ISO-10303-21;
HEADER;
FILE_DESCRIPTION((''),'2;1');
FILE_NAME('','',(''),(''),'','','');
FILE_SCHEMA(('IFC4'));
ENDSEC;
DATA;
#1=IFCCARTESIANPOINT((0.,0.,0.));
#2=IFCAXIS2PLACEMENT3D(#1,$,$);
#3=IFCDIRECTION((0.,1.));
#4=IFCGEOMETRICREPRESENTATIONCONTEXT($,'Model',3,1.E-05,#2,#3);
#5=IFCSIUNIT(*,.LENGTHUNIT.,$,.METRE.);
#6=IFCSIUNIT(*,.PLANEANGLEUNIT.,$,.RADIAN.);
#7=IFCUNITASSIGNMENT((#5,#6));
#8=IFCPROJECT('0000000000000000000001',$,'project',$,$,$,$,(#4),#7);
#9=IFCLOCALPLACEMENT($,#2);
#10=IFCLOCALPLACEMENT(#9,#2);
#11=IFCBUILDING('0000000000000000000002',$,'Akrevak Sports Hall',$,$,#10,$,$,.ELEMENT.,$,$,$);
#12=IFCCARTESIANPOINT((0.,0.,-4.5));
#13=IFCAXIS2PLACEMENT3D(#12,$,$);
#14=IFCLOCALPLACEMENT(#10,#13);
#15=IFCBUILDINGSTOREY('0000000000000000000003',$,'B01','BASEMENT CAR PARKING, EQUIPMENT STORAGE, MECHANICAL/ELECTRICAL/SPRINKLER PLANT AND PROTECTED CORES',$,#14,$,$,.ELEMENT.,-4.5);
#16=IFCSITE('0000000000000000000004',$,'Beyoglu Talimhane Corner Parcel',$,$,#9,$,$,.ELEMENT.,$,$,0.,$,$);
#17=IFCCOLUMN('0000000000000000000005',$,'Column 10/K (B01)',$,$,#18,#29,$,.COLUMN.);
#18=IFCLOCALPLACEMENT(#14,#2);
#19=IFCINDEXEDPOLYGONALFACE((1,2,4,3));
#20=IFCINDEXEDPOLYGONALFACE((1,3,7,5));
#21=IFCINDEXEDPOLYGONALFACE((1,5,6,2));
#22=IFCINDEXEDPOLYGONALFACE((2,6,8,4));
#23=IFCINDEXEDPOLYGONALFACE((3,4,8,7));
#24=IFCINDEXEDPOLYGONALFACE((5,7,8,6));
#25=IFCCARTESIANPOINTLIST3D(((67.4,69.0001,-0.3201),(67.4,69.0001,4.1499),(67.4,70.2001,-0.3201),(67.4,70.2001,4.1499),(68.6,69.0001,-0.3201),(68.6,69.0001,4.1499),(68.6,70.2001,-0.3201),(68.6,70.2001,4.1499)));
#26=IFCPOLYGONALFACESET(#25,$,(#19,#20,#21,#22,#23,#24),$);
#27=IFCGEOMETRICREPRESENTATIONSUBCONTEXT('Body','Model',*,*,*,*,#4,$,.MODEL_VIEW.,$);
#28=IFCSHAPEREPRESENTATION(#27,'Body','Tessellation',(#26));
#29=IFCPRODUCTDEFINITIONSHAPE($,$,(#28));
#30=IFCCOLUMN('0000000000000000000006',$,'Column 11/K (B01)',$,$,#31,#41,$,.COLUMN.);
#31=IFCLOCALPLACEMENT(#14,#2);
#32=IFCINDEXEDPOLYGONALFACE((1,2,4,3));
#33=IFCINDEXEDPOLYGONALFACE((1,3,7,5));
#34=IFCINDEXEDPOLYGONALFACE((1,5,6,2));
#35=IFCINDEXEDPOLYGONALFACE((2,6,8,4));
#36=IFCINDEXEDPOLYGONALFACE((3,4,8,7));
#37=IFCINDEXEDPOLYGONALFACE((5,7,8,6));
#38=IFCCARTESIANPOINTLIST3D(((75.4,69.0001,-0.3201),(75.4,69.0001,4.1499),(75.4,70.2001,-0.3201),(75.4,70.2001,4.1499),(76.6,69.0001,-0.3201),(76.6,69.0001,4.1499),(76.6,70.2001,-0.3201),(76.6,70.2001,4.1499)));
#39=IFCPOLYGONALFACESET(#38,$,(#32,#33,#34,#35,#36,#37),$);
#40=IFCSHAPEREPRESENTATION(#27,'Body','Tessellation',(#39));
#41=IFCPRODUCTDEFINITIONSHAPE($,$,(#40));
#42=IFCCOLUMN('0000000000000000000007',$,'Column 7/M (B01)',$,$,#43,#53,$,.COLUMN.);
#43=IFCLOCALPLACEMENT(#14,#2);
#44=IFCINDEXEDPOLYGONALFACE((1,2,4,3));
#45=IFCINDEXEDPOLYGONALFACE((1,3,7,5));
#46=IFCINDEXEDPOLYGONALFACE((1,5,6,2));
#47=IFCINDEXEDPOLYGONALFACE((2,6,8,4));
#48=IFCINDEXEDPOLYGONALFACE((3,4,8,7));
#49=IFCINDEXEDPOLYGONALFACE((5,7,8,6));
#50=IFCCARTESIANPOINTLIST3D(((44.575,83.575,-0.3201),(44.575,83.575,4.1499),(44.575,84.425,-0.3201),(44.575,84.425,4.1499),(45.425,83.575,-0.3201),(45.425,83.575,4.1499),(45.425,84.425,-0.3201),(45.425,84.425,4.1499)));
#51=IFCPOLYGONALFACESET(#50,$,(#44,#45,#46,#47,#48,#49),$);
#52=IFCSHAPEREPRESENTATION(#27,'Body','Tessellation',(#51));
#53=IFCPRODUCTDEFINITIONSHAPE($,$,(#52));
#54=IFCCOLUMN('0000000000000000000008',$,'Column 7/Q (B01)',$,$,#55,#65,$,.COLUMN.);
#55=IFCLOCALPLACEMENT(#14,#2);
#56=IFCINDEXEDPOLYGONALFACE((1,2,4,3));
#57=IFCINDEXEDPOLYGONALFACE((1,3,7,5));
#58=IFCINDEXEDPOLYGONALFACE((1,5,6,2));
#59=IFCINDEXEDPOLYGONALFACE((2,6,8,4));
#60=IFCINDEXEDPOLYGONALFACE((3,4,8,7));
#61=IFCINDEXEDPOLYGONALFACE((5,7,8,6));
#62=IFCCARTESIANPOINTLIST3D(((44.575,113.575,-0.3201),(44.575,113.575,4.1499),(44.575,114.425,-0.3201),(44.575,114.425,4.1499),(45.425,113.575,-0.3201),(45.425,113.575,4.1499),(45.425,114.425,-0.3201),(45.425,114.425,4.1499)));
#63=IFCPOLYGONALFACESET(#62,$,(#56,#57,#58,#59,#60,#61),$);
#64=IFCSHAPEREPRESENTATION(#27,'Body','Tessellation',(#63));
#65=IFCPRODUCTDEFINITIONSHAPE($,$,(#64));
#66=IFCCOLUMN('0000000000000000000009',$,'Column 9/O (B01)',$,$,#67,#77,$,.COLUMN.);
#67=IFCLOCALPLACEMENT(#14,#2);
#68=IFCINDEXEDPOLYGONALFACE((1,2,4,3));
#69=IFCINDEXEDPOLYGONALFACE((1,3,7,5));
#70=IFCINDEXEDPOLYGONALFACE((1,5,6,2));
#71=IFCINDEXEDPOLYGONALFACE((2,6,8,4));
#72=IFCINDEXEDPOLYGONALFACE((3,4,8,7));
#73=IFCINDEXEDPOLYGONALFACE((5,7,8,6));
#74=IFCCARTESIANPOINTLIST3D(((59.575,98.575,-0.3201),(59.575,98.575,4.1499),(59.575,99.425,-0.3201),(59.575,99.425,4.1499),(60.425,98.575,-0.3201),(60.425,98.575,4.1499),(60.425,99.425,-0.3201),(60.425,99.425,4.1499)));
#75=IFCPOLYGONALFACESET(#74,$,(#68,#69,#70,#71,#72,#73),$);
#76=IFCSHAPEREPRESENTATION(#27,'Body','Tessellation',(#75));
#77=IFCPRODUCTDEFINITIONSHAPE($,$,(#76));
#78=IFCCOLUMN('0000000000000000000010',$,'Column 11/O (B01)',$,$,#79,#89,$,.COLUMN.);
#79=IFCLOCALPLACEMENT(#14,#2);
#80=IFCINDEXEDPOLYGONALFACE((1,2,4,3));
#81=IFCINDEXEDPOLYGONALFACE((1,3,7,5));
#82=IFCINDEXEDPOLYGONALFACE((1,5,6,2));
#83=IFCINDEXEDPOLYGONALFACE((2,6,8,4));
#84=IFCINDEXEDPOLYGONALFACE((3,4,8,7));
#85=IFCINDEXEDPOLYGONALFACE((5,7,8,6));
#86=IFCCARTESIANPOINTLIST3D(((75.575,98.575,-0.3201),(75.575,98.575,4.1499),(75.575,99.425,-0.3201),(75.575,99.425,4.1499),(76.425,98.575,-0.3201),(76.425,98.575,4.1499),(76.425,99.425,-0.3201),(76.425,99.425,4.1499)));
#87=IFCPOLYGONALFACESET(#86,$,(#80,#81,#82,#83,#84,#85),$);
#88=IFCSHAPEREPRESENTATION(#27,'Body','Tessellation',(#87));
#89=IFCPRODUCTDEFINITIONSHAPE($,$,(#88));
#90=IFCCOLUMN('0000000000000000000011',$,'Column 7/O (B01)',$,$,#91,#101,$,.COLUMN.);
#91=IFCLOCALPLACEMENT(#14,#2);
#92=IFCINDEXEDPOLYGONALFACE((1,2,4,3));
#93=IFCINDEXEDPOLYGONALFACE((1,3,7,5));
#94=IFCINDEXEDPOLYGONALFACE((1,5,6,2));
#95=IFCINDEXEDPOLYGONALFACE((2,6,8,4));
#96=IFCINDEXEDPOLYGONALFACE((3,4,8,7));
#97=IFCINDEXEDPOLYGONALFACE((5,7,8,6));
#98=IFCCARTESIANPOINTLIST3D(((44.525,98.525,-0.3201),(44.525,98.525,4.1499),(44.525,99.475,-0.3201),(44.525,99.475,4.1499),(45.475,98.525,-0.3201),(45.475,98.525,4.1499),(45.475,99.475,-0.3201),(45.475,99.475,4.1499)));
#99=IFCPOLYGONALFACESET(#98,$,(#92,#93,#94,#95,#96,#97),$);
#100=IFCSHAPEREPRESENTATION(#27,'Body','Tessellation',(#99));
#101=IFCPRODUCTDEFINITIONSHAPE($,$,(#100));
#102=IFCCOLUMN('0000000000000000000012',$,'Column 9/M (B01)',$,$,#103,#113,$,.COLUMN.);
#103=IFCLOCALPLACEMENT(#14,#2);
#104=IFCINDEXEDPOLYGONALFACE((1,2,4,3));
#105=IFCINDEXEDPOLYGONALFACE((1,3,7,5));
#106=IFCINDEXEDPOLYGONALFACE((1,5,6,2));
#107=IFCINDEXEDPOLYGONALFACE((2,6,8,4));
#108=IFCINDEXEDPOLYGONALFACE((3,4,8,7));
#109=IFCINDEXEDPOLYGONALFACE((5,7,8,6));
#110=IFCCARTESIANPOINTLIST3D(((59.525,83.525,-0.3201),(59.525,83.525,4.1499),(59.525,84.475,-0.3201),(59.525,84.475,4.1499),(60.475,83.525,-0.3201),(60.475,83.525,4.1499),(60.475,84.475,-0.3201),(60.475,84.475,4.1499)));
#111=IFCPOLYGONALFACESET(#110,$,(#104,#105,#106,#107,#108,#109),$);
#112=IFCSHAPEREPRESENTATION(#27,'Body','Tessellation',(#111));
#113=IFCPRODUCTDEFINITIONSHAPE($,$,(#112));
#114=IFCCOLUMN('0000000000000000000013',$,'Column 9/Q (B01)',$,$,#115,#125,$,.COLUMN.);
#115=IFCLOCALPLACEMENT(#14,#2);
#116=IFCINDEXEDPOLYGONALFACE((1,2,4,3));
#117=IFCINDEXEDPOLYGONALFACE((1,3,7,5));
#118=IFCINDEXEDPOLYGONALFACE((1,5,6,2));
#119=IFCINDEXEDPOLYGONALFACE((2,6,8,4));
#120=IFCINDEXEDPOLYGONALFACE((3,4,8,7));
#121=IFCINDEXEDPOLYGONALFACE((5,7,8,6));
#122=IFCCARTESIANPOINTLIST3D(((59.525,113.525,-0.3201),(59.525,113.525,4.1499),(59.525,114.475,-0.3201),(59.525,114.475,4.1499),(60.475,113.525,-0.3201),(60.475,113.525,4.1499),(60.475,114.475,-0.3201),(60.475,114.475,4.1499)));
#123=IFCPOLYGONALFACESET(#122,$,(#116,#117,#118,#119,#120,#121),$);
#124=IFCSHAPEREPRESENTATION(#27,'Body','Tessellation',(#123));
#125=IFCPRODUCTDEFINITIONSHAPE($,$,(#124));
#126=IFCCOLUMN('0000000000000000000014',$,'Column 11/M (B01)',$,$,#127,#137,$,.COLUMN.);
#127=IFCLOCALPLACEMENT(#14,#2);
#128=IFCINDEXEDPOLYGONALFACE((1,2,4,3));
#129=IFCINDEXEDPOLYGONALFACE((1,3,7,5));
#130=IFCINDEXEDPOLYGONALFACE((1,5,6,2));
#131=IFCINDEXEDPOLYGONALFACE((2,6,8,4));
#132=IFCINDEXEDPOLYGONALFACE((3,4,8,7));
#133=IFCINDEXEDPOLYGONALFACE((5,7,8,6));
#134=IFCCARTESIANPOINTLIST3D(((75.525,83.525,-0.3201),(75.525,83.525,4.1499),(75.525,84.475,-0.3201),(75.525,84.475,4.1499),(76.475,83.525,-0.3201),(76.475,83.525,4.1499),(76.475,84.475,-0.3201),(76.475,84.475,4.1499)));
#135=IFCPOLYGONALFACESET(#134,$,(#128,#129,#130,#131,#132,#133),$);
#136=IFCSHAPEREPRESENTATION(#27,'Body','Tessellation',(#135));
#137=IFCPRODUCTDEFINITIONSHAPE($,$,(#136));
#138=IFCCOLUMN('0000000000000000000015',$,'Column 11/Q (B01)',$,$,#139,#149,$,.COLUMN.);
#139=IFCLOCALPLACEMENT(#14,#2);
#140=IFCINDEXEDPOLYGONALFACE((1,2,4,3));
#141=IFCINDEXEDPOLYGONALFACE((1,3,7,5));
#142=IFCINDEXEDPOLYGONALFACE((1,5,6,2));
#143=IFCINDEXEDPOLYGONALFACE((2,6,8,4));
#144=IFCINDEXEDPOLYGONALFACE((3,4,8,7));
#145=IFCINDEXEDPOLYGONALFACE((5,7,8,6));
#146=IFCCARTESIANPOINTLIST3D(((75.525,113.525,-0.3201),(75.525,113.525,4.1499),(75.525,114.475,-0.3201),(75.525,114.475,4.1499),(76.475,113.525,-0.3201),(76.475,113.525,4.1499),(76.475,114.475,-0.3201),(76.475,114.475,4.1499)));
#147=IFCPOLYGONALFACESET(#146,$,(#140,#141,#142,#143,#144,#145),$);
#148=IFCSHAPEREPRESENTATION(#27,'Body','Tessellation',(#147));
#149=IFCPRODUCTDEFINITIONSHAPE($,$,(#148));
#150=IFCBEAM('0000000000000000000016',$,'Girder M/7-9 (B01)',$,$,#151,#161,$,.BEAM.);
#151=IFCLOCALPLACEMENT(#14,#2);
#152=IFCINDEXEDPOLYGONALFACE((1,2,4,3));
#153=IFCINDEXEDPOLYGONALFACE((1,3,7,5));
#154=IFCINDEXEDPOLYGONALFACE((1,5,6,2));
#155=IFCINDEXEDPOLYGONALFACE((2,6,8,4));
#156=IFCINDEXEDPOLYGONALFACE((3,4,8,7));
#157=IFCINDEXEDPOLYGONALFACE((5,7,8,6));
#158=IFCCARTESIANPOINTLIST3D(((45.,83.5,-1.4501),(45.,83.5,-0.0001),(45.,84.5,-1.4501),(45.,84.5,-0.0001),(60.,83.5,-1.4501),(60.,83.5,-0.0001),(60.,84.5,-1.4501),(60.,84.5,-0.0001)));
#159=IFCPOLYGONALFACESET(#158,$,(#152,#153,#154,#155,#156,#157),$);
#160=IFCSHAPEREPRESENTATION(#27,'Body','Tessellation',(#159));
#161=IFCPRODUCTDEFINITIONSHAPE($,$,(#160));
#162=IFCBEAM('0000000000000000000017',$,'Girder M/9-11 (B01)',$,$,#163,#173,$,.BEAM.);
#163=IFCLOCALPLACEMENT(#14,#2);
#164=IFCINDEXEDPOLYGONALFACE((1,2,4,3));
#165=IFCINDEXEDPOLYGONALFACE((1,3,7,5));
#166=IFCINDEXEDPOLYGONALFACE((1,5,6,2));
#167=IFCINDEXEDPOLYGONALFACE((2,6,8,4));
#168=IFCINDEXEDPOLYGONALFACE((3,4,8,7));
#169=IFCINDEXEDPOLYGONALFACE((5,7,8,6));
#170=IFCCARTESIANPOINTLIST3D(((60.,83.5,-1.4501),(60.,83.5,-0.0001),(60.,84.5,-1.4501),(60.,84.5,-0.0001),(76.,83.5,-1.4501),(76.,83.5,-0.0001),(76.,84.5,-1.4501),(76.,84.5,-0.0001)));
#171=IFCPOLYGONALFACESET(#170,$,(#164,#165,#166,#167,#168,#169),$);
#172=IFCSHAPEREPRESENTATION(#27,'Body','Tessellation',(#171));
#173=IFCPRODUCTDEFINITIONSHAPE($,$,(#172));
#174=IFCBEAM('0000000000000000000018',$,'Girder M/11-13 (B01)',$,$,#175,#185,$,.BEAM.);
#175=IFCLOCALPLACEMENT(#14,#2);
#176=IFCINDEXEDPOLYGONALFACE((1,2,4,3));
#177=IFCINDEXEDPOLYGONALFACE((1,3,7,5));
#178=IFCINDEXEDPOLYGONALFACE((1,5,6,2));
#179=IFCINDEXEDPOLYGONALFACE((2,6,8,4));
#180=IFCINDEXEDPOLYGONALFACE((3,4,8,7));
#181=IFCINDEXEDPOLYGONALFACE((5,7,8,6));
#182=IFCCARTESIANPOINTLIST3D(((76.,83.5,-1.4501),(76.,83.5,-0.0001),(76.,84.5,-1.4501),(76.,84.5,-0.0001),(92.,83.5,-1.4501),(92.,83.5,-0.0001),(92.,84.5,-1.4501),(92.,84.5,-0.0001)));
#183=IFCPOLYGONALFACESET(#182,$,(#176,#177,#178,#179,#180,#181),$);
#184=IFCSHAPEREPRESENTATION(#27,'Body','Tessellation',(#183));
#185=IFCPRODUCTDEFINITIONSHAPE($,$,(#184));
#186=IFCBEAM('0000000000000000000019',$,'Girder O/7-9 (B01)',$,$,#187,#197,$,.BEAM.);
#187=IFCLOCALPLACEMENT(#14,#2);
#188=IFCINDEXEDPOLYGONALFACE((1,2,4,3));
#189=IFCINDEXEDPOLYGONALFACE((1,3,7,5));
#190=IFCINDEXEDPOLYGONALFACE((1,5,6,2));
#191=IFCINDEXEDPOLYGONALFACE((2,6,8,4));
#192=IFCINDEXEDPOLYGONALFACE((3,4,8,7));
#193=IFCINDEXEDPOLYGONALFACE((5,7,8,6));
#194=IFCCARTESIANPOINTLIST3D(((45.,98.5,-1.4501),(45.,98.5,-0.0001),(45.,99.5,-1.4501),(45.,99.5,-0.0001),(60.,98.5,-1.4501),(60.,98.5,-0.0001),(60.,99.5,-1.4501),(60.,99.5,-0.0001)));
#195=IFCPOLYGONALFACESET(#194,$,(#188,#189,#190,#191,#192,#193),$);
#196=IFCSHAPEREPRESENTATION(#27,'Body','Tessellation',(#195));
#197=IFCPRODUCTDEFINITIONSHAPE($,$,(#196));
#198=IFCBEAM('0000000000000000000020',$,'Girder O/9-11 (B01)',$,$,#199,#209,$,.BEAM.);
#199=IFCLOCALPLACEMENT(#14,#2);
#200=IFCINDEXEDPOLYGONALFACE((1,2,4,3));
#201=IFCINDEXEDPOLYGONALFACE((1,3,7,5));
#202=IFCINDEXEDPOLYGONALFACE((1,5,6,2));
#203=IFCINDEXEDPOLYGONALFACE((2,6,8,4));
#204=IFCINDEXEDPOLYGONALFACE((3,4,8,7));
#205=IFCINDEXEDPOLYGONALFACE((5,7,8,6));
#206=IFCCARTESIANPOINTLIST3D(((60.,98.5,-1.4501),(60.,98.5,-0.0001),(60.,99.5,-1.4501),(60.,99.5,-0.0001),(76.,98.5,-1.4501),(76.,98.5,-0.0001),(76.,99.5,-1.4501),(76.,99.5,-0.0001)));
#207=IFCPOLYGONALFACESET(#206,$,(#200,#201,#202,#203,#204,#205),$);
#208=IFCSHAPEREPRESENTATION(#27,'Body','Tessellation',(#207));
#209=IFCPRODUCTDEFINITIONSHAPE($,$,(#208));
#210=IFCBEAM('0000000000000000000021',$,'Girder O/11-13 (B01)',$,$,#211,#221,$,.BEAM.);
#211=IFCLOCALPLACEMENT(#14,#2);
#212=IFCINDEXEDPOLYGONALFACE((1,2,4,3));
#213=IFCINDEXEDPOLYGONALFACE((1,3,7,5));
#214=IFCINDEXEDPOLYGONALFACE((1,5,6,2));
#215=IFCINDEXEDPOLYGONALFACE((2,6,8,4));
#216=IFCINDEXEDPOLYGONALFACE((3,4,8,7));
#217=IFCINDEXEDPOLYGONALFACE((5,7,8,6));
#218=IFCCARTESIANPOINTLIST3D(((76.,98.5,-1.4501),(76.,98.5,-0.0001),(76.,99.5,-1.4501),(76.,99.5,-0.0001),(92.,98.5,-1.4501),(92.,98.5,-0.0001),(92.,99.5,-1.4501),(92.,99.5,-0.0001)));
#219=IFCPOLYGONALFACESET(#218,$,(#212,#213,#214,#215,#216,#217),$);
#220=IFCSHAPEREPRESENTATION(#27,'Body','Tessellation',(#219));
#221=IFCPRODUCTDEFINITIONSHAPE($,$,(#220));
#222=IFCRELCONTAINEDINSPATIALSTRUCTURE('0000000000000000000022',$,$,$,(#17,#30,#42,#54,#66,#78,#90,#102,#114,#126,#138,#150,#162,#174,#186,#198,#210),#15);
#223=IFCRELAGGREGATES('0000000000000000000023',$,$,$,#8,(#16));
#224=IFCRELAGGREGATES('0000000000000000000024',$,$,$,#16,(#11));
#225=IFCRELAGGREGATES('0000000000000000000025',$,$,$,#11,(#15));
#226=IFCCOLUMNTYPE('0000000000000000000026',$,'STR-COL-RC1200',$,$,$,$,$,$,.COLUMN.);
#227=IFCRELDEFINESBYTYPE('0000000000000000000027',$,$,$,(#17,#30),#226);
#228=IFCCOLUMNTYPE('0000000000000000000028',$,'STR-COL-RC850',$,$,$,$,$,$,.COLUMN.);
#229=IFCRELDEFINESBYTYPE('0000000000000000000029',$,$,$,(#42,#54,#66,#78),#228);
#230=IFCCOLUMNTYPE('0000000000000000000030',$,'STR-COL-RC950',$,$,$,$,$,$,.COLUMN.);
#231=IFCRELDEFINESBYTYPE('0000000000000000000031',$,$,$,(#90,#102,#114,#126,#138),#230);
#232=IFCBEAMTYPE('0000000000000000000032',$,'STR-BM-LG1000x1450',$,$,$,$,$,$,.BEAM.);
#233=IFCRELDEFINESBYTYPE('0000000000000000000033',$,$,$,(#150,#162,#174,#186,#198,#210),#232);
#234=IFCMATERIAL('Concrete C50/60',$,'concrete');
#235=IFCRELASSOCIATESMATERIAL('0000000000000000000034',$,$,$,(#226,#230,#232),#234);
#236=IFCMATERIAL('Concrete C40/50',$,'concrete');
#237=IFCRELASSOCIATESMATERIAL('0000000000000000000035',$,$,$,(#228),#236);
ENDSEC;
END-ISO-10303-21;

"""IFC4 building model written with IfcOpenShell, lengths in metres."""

from ifc_helpers import new_model, si_unit, direction, frame, origin, origin_2d, place, context, subcontext, project, spatial, rectangle, extrude, material, material_profile, profile_set, type_object, element, save


model = new_model("IFC4")

# Units and contexts
model_context = context("Model", 3, precision=1e-05, world=origin(), true_north=direction((0.0, 1.0)))
body_context = subcontext(model_context, "Body", "Model", "MODEL_VIEW")
ifc_project = project(units=[si_unit("LENGTHUNIT", "METRE"), si_unit("PLANEANGLEUNIT", "RADIAN")], contexts=[model_context])

# Site, building, storey
site_placement = place(None, origin())
site = spatial("IfcSite", under=ifc_project, at=site_placement, Name="Beyoglu Talimhane Corner Parcel", CompositionType="ELEMENT", RefElevation=0.0)
building_placement = place(site_placement, origin())
building = spatial("IfcBuilding", under=site, at=building_placement, Name="Akrevak Sports Hall", CompositionType="ELEMENT")
storey_placement = place(building_placement, frame((0.0, 0.0, -4.5)))
storey = spatial("IfcBuildingStorey", under=building, at=storey_placement, Name="B01", Description="BASEMENT CAR PARKING, EQUIPMENT STORAGE, MECHANICAL/ELECTRICAL/SPRINKLER PLANT AND PROTECTED CORES", CompositionType="ELEMENT", Elevation=-4.5)

# Columns
ifc_material_1 = material(Name="Concrete C50/60", Category="concrete")
ifc_material_profile_1 = material_profile(ifc_material_1, rectangle(XDim=1.2, YDim=1.2, at=origin_2d()), Name="RC 1200x1200", Category="concrete")
ifc_profile_set_1 = profile_set([ifc_material_profile_1], Name="Concrete C50/60")
column_type_1 = type_object("IfcColumnType", Name="STR-COL-RC1200", PredefinedType="COLUMN", material=ifc_profile_set_1)
for number, where, z_axis, x_axis, name in (
    (1, (68.0, 69.6001, -0.3201), (0.0, 0.0, 1.0), (1.0, 0.0, 0.0), "Column 10/K (B01)"),
    (2, (76.0, 69.6001, -0.3201), (0.0, 0.0, 1.0), (1.0, 0.0, 0.0), "Column 11/K (B01)"),
):
    element("IfcColumn", number, at=place(storey_placement, frame(where, z_axis=z_axis, x_axis=x_axis)), inside=storey, type_object=column_type_1, Name=name, PredefinedType="COLUMN", context=body_context, shape_type="SweptSolid", body=[
        extrude(rectangle(XDim=1.2, YDim=1.2, at=origin_2d()), origin(), (0.0, 0.0, 1.0), 4.47),
    ])
ifc_material_2 = material(Name="Concrete C40/50", Category="concrete")
ifc_material_profile_2 = material_profile(ifc_material_2, rectangle(XDim=0.8501, YDim=0.8501, at=origin_2d()), Name="RC 850x850", Category="concrete")
ifc_profile_set_2 = profile_set([ifc_material_profile_2], Name="Concrete C40/50")
column_type_2 = type_object("IfcColumnType", Name="STR-COL-RC850", PredefinedType="COLUMN", material=ifc_profile_set_2)
for number, where, z_axis, x_axis, name in (
    (3, (45.0, 84.0, -0.3201), (0.0, 0.0, 1.0), (1.0, 0.0, 0.0), "Column 7/M (B01)"),
    (4, (45.0, 114.0, -0.3201), (0.0, 0.0, 1.0), (1.0, 0.0, 0.0), "Column 7/Q (B01)"),
    (5, (60.0, 99.0, -0.3201), (0.0, 0.0, 1.0), (1.0, 0.0, 0.0), "Column 9/O (B01)"),
    (6, (76.0, 99.0, -0.3201), (0.0, 0.0, 1.0), (1.0, 0.0, 0.0), "Column 11/O (B01)"),
):
    element("IfcColumn", number, at=place(storey_placement, frame(where, z_axis=z_axis, x_axis=x_axis)), inside=storey, type_object=column_type_2, Name=name, PredefinedType="COLUMN", context=body_context, shape_type="SweptSolid", body=[
        extrude(rectangle(XDim=0.8501, YDim=0.8501, at=origin_2d()), origin(), (0.0, 0.0, 1.0), 4.47),
    ])
ifc_material_profile_3 = material_profile(ifc_material_1, rectangle(XDim=0.95, YDim=0.95, at=origin_2d()), Name="RC 950x950", Category="concrete")
ifc_profile_set_3 = profile_set([ifc_material_profile_3], Name="Concrete C50/60")
column_type_3 = type_object("IfcColumnType", Name="STR-COL-RC950", PredefinedType="COLUMN", material=ifc_profile_set_3)
for number, where, z_axis, x_axis, name in (
    (7, (45.0, 99.0, -0.3201), (0.0, 0.0, 1.0), (1.0, 0.0, 0.0), "Column 7/O (B01)"),
    (8, (60.0, 84.0, -0.3201), (0.0, 0.0, 1.0), (1.0, 0.0, 0.0), "Column 9/M (B01)"),
    (9, (60.0, 114.0, -0.3201), (0.0, 0.0, 1.0), (1.0, 0.0, 0.0), "Column 9/Q (B01)"),
    (10, (76.0, 84.0, -0.3201), (0.0, 0.0, 1.0), (1.0, 0.0, 0.0), "Column 11/M (B01)"),
    (11, (76.0, 114.0, -0.3201), (0.0, 0.0, 1.0), (1.0, 0.0, 0.0), "Column 11/Q (B01)"),
):
    element("IfcColumn", number, at=place(storey_placement, frame(where, z_axis=z_axis, x_axis=x_axis)), inside=storey, type_object=column_type_3, Name=name, PredefinedType="COLUMN", context=body_context, shape_type="SweptSolid", body=[
        extrude(rectangle(XDim=0.95, YDim=0.95, at=origin_2d()), origin(), (0.0, 0.0, 1.0), 4.47),
    ])

# Beams
ifc_material_profile_4 = material_profile(ifc_material_1, rectangle(XDim=1.0, YDim=1.45, at=origin_2d()), Name="BM 1000x1450", Category="concrete")
ifc_profile_set_4 = profile_set([ifc_material_profile_4], Name="Concrete C50/60")
beam_type_1 = type_object("IfcBeamType", Name="STR-BM-LG1000x1450", PredefinedType="BEAM", material=ifc_profile_set_4)
beam_1_placement = place(storey_placement, frame((45.0, 84.0, -0.7251), z_axis=(1.0, 0.0, 0.0), x_axis=(0.0, 1.0, 0.0)))
element("IfcBeam", 12, at=beam_1_placement, inside=storey, type_object=beam_type_1, Name="Girder M/7-9 (B01)", PredefinedType="BEAM", context=body_context, shape_type="SweptSolid", body=[
    extrude(rectangle(XDim=1.0, YDim=1.45, at=origin_2d()), origin(), (0.0, 0.0, 1.0), 15.0),
])
for number, where, z_axis, x_axis, name in (
    (13, (60.0, 84.0, -0.7251), (1.0, 0.0, 0.0), (0.0, 1.0, 0.0), "Girder M/9-11 (B01)"),
    (14, (76.0, 84.0, -0.7251), (1.0, 0.0, 0.0), (0.0, 1.0, 0.0), "Girder M/11-13 (B01)"),
):
    element("IfcBeam", number, at=place(storey_placement, frame(where, z_axis=z_axis, x_axis=x_axis)), inside=storey, type_object=beam_type_1, Name=name, PredefinedType="BEAM", context=body_context, shape_type="SweptSolid", body=[
        extrude(rectangle(XDim=1.0, YDim=1.45, at=origin_2d()), origin(), (0.0, 0.0, 1.0), 16.0),
    ])
beam_2_placement = place(storey_placement, frame((45.0, 99.0, -0.7251), z_axis=(1.0, 0.0, 0.0), x_axis=(0.0, 1.0, 0.0)))
element("IfcBeam", 15, at=beam_2_placement, inside=storey, type_object=beam_type_1, Name="Girder O/7-9 (B01)", PredefinedType="BEAM", context=body_context, shape_type="SweptSolid", body=[
    extrude(rectangle(XDim=1.0, YDim=1.45, at=origin_2d()), origin(), (0.0, 0.0, 1.0), 15.0),
])
for number, where, z_axis, x_axis, name in (
    (16, (60.0, 99.0, -0.7251), (1.0, 0.0, 0.0), (0.0, 1.0, 0.0), "Girder O/9-11 (B01)"),
    (17, (76.0, 99.0, -0.7251), (1.0, 0.0, 0.0), (0.0, 1.0, 0.0), "Girder O/11-13 (B01)"),
):
    element("IfcBeam", number, at=place(storey_placement, frame(where, z_axis=z_axis, x_axis=x_axis)), inside=storey, type_object=beam_type_1, Name=name, PredefinedType="BEAM", context=body_context, shape_type="SweptSolid", body=[
        extrude(rectangle(XDim=1.0, YDim=1.45, at=origin_2d()), origin(), (0.0, 0.0, 1.0), 16.0),
    ])

save(model, "model.ifc")
